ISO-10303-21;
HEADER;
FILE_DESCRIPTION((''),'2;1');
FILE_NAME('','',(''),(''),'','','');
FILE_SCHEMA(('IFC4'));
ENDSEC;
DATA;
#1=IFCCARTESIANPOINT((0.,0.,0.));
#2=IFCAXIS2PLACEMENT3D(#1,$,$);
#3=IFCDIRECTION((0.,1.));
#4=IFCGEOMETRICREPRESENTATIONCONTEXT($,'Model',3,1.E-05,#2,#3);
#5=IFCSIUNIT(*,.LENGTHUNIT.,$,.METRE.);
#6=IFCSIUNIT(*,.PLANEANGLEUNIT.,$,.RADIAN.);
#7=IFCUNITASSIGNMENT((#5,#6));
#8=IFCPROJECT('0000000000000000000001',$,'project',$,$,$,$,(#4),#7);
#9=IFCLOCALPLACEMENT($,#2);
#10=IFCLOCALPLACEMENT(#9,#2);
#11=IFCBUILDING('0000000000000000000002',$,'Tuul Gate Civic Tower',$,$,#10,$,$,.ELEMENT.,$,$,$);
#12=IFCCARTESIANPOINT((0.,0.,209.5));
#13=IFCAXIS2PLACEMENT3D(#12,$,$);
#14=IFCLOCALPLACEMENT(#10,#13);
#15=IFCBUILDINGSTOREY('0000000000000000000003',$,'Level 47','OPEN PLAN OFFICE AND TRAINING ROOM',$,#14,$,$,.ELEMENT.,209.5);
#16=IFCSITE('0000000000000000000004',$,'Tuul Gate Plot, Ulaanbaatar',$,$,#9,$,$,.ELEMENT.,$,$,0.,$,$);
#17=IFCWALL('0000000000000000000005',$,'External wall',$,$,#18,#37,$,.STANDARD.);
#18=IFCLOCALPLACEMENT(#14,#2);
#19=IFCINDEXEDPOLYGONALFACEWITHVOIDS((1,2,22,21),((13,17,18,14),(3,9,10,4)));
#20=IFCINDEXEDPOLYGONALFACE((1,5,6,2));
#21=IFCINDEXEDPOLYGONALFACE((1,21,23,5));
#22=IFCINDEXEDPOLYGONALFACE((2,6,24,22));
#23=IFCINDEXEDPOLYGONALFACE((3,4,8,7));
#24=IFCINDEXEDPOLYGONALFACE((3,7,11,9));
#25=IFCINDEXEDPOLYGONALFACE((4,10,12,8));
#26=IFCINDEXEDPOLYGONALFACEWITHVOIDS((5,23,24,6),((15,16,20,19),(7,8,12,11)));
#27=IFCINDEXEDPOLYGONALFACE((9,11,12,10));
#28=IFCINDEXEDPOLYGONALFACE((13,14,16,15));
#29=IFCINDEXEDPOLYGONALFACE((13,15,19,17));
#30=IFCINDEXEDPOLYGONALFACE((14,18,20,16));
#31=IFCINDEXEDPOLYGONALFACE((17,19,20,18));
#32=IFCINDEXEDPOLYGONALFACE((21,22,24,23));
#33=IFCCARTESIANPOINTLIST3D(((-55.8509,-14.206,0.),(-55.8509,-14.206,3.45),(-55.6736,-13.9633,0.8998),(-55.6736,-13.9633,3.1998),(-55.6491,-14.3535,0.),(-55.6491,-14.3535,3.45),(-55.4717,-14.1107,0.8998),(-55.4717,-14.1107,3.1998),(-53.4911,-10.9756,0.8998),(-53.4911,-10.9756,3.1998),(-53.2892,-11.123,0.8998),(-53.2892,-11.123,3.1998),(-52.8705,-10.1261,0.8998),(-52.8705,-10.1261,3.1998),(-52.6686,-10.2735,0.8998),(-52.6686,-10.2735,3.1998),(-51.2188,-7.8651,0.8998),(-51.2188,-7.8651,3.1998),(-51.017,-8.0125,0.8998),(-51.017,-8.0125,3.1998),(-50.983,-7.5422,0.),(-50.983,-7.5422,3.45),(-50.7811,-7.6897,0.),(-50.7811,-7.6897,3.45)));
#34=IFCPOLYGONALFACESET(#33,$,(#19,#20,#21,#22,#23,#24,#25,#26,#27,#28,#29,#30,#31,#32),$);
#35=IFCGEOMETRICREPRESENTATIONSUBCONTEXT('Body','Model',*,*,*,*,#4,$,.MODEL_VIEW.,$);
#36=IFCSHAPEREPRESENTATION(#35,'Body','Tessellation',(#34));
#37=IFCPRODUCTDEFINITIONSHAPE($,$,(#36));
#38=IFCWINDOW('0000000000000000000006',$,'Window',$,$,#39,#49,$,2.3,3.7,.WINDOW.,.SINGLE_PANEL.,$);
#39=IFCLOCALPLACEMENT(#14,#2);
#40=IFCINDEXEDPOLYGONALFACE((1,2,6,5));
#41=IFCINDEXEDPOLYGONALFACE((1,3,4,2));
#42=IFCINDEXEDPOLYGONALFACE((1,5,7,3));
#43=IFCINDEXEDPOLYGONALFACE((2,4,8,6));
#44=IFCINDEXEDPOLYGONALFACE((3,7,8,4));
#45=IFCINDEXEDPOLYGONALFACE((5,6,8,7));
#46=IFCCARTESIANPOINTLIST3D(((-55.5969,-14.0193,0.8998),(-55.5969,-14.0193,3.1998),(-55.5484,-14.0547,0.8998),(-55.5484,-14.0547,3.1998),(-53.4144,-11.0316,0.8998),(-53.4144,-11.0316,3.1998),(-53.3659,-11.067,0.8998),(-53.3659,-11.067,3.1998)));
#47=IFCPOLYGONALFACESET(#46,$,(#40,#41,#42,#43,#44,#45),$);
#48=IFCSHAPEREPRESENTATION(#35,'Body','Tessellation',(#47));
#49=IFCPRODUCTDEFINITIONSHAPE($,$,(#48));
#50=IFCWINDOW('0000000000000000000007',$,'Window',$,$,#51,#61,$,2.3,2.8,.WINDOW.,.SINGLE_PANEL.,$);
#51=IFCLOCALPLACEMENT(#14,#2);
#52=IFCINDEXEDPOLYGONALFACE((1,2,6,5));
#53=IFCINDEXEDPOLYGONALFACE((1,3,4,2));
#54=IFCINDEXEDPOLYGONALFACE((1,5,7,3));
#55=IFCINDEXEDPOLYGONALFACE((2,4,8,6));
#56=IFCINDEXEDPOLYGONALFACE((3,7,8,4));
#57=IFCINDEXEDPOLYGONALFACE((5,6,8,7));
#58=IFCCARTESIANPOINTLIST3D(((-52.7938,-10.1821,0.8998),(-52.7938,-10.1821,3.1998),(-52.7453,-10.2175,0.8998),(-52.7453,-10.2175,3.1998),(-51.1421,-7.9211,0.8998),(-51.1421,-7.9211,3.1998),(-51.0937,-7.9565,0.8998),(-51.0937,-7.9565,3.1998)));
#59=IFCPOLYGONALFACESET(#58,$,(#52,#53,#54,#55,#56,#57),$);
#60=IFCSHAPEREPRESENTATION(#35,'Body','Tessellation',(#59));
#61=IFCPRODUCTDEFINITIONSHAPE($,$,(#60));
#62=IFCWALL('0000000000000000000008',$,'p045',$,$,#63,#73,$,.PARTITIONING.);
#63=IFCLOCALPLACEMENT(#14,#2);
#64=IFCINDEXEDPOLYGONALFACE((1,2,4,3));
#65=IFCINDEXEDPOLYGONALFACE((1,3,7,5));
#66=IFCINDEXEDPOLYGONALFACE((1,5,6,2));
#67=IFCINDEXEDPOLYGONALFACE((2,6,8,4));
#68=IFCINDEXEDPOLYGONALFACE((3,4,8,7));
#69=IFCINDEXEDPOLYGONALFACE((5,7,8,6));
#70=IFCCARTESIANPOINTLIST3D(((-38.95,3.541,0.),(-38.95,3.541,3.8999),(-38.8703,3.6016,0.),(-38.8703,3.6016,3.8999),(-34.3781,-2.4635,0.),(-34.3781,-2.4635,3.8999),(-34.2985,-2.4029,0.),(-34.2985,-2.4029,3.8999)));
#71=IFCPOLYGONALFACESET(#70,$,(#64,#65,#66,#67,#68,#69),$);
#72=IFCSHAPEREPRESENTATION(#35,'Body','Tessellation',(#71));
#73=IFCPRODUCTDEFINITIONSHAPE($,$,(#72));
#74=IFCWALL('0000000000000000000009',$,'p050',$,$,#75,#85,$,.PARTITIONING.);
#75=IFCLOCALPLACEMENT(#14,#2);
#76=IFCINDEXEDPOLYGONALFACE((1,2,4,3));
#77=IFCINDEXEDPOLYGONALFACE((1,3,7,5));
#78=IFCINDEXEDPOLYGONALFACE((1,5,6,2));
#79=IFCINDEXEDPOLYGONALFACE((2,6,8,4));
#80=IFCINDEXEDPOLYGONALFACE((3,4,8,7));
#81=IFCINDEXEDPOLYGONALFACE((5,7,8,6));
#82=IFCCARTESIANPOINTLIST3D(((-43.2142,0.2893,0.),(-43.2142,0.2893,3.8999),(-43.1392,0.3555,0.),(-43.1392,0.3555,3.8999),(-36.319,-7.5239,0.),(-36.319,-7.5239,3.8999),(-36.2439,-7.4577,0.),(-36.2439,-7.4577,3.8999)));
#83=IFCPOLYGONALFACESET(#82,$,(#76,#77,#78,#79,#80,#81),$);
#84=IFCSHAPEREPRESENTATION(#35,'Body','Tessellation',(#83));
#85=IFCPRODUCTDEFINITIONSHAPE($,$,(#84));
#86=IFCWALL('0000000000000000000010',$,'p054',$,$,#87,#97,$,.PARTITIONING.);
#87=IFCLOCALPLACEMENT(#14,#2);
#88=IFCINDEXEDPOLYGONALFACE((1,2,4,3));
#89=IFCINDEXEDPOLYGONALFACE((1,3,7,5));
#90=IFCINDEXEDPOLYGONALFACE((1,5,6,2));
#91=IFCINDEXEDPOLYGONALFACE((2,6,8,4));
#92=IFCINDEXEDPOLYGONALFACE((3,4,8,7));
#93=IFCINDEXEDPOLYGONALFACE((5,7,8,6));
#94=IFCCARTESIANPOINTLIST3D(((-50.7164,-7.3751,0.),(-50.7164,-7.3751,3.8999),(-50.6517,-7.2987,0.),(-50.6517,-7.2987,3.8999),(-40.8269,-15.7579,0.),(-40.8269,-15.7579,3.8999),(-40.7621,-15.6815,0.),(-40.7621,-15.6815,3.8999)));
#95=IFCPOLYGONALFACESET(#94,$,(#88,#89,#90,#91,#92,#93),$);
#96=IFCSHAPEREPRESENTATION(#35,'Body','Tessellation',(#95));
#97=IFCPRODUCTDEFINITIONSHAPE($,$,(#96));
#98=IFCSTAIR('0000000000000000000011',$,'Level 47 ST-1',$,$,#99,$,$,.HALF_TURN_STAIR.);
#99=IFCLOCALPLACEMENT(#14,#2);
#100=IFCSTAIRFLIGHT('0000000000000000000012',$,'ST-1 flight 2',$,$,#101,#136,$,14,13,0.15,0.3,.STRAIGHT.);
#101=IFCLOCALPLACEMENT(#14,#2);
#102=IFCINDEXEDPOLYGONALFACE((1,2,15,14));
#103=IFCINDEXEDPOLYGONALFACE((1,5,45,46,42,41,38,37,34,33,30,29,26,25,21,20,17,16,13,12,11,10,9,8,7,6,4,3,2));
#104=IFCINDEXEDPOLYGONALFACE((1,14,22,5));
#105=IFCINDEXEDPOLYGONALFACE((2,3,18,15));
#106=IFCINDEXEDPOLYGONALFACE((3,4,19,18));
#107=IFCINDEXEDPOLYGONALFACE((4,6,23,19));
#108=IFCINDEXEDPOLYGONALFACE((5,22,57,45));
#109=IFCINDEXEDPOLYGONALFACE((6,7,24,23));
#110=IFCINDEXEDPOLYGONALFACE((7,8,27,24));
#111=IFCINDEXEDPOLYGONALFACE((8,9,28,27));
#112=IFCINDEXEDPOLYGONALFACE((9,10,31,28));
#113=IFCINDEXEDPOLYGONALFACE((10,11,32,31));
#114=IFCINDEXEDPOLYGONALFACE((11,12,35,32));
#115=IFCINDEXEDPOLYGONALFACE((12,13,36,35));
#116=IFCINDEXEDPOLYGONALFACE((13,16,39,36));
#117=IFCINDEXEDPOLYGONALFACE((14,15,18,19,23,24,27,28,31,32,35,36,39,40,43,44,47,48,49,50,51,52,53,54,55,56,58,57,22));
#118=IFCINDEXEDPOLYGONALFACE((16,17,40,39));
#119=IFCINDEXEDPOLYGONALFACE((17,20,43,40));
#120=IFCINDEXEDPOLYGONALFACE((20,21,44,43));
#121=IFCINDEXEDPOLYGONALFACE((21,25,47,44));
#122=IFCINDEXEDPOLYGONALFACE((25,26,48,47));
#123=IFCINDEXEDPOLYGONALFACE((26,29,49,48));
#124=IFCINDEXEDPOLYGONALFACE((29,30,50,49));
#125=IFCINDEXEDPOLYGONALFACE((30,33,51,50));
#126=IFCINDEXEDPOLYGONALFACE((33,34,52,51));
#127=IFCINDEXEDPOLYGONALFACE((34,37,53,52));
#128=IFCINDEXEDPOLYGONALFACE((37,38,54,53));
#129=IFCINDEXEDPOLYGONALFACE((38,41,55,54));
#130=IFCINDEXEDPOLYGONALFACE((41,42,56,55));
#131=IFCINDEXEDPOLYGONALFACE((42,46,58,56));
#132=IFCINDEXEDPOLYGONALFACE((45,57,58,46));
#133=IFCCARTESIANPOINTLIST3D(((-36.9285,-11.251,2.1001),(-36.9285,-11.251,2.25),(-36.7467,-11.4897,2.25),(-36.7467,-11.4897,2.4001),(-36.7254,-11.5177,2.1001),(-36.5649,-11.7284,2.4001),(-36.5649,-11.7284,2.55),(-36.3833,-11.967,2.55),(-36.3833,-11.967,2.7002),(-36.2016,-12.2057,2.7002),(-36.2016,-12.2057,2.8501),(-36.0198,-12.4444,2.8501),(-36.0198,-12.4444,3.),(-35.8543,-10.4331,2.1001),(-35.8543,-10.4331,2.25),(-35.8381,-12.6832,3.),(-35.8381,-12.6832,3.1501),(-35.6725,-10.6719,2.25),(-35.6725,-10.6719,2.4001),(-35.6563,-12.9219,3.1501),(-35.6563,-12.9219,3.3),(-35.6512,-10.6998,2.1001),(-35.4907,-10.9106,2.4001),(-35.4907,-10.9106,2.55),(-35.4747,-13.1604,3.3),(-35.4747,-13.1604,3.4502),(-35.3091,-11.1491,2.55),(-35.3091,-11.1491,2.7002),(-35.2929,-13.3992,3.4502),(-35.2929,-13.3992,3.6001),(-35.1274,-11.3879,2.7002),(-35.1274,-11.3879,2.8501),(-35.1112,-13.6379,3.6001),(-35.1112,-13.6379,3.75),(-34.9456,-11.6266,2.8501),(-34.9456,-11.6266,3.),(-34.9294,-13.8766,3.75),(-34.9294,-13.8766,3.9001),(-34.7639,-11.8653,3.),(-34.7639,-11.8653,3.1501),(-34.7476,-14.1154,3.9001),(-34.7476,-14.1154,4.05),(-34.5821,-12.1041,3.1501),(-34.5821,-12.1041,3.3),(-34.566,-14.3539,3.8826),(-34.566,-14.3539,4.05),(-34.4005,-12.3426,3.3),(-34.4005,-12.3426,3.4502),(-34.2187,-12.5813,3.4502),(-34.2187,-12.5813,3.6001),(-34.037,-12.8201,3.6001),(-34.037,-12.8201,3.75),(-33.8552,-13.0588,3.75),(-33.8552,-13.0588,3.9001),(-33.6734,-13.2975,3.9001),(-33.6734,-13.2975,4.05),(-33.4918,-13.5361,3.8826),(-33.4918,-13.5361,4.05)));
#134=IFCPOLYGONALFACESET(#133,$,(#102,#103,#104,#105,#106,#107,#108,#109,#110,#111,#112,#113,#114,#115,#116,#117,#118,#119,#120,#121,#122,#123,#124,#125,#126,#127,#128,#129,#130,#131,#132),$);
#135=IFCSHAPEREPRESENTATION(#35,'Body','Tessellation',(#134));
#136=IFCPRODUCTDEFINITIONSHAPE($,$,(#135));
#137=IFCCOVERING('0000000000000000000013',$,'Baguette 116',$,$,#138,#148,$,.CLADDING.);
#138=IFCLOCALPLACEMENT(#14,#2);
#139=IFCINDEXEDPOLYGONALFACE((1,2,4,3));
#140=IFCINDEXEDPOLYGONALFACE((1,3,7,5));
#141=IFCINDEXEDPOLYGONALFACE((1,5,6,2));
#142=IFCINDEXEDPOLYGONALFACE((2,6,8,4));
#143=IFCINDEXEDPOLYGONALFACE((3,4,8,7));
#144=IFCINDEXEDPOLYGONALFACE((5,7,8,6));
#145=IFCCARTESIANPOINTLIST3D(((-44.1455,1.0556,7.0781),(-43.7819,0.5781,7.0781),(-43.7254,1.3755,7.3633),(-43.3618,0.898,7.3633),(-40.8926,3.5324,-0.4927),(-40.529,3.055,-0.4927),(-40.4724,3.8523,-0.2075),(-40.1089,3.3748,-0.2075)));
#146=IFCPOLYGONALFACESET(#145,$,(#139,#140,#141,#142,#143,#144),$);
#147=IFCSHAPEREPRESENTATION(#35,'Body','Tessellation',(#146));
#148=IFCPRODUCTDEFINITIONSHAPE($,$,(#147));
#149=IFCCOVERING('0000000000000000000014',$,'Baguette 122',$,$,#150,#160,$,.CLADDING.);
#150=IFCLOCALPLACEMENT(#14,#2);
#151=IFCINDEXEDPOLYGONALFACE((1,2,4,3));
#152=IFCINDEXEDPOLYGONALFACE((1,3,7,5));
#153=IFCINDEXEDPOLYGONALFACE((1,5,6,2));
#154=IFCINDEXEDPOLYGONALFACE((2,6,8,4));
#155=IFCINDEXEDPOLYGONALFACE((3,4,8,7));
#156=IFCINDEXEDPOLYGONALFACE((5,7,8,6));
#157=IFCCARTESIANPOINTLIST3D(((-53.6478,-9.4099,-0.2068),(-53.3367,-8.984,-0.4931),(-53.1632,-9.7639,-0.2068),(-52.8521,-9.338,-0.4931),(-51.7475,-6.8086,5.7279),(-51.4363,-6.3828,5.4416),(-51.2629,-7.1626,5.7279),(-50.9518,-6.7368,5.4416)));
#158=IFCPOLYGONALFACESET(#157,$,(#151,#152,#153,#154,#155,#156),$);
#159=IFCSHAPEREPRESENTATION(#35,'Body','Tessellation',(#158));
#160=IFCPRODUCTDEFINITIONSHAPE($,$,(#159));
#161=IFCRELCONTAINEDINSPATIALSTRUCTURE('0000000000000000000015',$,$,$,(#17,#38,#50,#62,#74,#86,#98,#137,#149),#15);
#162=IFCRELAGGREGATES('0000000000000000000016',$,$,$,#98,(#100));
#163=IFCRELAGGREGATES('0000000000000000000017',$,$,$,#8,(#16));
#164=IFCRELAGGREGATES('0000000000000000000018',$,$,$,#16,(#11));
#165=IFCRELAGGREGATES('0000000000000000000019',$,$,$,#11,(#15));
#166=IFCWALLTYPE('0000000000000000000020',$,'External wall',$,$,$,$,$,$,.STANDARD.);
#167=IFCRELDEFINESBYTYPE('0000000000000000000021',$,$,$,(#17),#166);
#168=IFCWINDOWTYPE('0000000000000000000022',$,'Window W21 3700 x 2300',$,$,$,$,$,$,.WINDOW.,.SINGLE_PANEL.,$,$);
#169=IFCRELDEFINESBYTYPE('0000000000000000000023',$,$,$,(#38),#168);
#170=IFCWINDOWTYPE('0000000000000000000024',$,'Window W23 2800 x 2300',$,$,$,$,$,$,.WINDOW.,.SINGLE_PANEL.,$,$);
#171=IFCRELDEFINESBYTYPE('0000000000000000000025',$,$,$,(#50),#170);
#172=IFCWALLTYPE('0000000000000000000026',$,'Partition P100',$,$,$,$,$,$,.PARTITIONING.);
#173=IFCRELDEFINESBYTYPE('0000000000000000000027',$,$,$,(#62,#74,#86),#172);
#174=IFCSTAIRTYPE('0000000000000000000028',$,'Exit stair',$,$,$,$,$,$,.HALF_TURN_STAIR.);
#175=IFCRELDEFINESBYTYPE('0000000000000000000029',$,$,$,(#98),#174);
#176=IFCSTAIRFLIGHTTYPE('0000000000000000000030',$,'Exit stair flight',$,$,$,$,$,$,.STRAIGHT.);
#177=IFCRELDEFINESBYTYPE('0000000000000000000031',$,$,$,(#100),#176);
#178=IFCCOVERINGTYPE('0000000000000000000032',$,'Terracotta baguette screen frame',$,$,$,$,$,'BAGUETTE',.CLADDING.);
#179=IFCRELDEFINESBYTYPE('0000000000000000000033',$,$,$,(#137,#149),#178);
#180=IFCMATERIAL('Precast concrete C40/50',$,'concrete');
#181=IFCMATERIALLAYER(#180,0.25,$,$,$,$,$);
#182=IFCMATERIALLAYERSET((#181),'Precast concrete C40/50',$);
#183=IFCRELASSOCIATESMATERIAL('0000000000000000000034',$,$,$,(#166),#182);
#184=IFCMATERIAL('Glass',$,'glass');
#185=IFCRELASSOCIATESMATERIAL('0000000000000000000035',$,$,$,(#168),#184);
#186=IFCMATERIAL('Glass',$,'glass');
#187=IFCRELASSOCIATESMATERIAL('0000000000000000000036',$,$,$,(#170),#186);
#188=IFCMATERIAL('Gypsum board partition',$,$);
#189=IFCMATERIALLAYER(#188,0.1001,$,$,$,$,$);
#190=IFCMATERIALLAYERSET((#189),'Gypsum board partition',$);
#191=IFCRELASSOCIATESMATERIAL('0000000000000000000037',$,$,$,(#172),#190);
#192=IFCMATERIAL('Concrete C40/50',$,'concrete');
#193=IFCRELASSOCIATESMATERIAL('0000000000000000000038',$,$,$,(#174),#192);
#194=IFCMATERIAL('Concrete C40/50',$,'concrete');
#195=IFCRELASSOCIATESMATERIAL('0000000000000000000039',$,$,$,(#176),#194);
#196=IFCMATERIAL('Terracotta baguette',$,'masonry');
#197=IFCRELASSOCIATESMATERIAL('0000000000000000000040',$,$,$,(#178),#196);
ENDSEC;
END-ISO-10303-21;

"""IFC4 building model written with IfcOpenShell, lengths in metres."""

from ifc_helpers import new_model, si_unit, direction, frame, frame_2d, origin, origin_2d, place, context, subcontext, project, spatial, polyline, rectangle, outline, extrude, material, layer, layer_set, material_profile, profile_set, type_object, element, fill, aggregate, save


model = new_model("IFC4")

# Units and contexts
model_context = context("Model", 3, precision=1e-05, world=origin(), true_north=direction((0.0, 1.0)))
body_context = subcontext(model_context, "Body", "Model", "MODEL_VIEW")
ifc_project = project(units=[si_unit("LENGTHUNIT", "METRE"), si_unit("PLANEANGLEUNIT", "RADIAN")], contexts=[model_context])

# Site, building, storey
site_placement = place(None, origin())
site = spatial("IfcSite", under=ifc_project, at=site_placement, Name="Tuul Gate Plot, Ulaanbaatar", CompositionType="ELEMENT", RefElevation=0.0)
building_placement = place(site_placement, origin())
building = spatial("IfcBuilding", under=site, at=building_placement, Name="Tuul Gate Civic Tower", CompositionType="ELEMENT")
storey_placement = place(building_placement, frame((0.0, 0.0, 209.5)))
storey = spatial("IfcBuildingStorey", under=building, at=storey_placement, Name="Level 47", Description="OPEN PLAN OFFICE AND TRAINING ROOM", CompositionType="ELEMENT", Elevation=209.5)

# Wall, openings, windows
ifc_material_1 = material(Name="Precast concrete C40/50", Category="concrete")
ifc_layer_1 = layer(ifc_material_1, 0.25)
ifc_layer_set_1 = layer_set([ifc_layer_1], Name="Precast concrete C40/50")
wall_type_1 = type_object("IfcWallType", Name="External wall", PredefinedType="STANDARD", material=ifc_layer_set_1)
wall_1_placement = place(storey_placement, frame((-50.8821, -7.616, 0.0), z_axis=(0.0, 0.0, 1.0), x_axis=(-0.589875, -0.807495, 0.0)))
wall_1 = element("IfcWall", 1, at=wall_1_placement, inside=storey, type_object=wall_type_1, Name="External wall", PredefinedType="STANDARD", context=body_context, shape_type="SweptSolid", body=[
    extrude(rectangle(XDim=8.2524, YDim=0.25, at=frame_2d((4.1262, 0.0))), origin(), (0.0, 0.0, 1.0), 3.45),
])
opening_1_placement = place(wall_1_placement, frame((0.3999, 0.0, 0.8999)))
opening_1 = element("IfcOpeningElement", 2, at=opening_1_placement, cuts=wall_1, PredefinedType="OPENING", context=body_context, shape_type="SweptSolid", body=[
    extrude(rectangle(XDim=2.8, YDim=2.3, at=frame_2d((1.3999, 1.1499))), frame((0.0, 0.135, 0.0), z_axis=(0.0, -1.0, 0.0), x_axis=(1.0, 0.0, 0.0)), (0.0, 0.0, 1.0), 0.27),
])
opening_2_placement = place(wall_1_placement, frame((4.2517, 0.0, 0.8999)))
opening_2 = element("IfcOpeningElement", 3, at=opening_2_placement, cuts=wall_1, PredefinedType="OPENING", context=body_context, shape_type="SweptSolid", body=[
    extrude(rectangle(XDim=3.7, YDim=2.3, at=frame_2d((1.8501, 1.1499))), frame((0.0, 0.135, 0.0), z_axis=(0.0, -1.0, 0.0), x_axis=(1.0, 0.0, 0.0)), (0.0, 0.0, 1.0), 0.27),
])
ifc_material_2 = material(Name="Glass", Category="glass")
window_type_1 = type_object("IfcWindowType", Name="Window W21 3700 x 2300", PartitioningType="SINGLE_PANEL", PredefinedType="WINDOW", material=ifc_material_2)
window_1_placement = place(opening_2_placement, origin())
window_1 = element("IfcWindow", 4, at=window_1_placement, inside=storey, type_object=window_type_1, Name="Window", OverallHeight=2.3, OverallWidth=3.7, PartitioningType="SINGLE_PANEL", PredefinedType="WINDOW", context=body_context, shape_type="SweptSolid", body=[
    extrude(rectangle(XDim=3.7, YDim=2.3, at=frame_2d((1.8501, 1.1499))), frame((0.0, 0.03, 0.0), z_axis=(0.0, -1.0, 0.0), x_axis=(1.0, 0.0, 0.0)), (0.0, 0.0, 1.0), 0.0601),
])
fill(opening_2, window_1)
ifc_material_3 = material(Name="Glass", Category="glass")
window_type_2 = type_object("IfcWindowType", Name="Window W23 2800 x 2300", PartitioningType="SINGLE_PANEL", PredefinedType="WINDOW", material=ifc_material_3)
window_2_placement = place(opening_1_placement, origin())
window_2 = element("IfcWindow", 5, at=window_2_placement, inside=storey, type_object=window_type_2, Name="Window", OverallHeight=2.3, OverallWidth=2.8, PartitioningType="SINGLE_PANEL", PredefinedType="WINDOW", context=body_context, shape_type="SweptSolid", body=[
    extrude(rectangle(XDim=2.8, YDim=2.3, at=frame_2d((1.3999, 1.1499))), frame((0.0, 0.03, 0.0), z_axis=(0.0, -1.0, 0.0), x_axis=(1.0, 0.0, 0.0)), (0.0, 0.0, 1.0), 0.0601),
])
fill(opening_1, window_2)

# Walls
ifc_material_4 = material(Name="Gypsum board partition")
ifc_layer_2 = layer(ifc_material_4, 0.1001)
ifc_layer_set_2 = layer_set([ifc_layer_2], Name="Gypsum board partition")
wall_type_2 = type_object("IfcWallType", Name="Partition P100", PredefinedType="PARTITIONING", material=ifc_layer_set_2)
wall_2_placement = place(storey_placement, frame((-38.9102, 3.5713, 0.0), z_axis=(0.0, 0.0, 1.0), x_axis=(0.605792, -0.795623, 0.0)))
element("IfcWall", 6, at=wall_2_placement, inside=storey, type_object=wall_type_2, Name="p045", PredefinedType="PARTITIONING", context=body_context, shape_type="SweptSolid", body=[
    extrude(rectangle(XDim=7.5469, YDim=0.1001, at=frame_2d((3.7734, 0.0))), origin(), (0.0, 0.0, 1.0), 3.8999),
])
wall_3_placement = place(storey_placement, frame((-43.1768, 0.3225, 0.0), z_axis=(0.0, 0.0, 1.0), x_axis=(0.661688, -0.749779, 0.0)))
element("IfcWall", 7, at=wall_3_placement, inside=storey, type_object=wall_type_2, Name="p050", PredefinedType="PARTITIONING", context=body_context, shape_type="SweptSolid", body=[
    extrude(rectangle(XDim=10.4207, YDim=0.1001, at=frame_2d((5.2104, 0.0))), origin(), (0.0, 0.0, 1.0), 3.8999),
])
wall_4_placement = place(storey_placement, frame((-50.6841, -7.3369, 0.0), z_axis=(0.0, 0.0, 1.0), x_axis=(0.762829, -0.6466, 0.0)))
element("IfcWall", 8, at=wall_4_placement, inside=storey, type_object=wall_type_2, Name="p054", PredefinedType="PARTITIONING", context=body_context, shape_type="SweptSolid", body=[
    extrude(rectangle(XDim=12.9644, YDim=0.1001, at=frame_2d((6.4822, 0.0))), origin(), (0.0, 0.0, 1.0), 3.8999),
])

# Stair, stair flight
ifc_material_5 = material(Name="Concrete C40/50", Category="concrete")
stair_type = type_object("IfcStairType", Name="Exit stair", PredefinedType="HALF_TURN_STAIR", material=ifc_material_5)
stair_placement = place(storey_placement, origin())
stair = element("IfcStair", 9, at=stair_placement, inside=storey, type_object=stair_type, Name="Level 47 ST-1", PredefinedType="HALF_TURN_STAIR")
ifc_material_6 = material(Name="Concrete C40/50", Category="concrete")
stair_flight_type = type_object("IfcStairFlightType", Name="Exit stair flight", PredefinedType="STRAIGHT", material=ifc_material_6)
stair_flight_placement = place(storey_placement, frame((-36.3914, -10.842, 2.1001), z_axis=(0.0, 0.0, 1.0), x_axis=(0.605764, -0.795644, 0.0)))
stair_flight = element("IfcStairFlight", 10, at=stair_flight_placement, type_object=stair_flight_type, Name="ST-1 flight 2", NumberOfRisers=14, NumberOfTreads=13, PredefinedType="STRAIGHT", RiserHeight=0.15, TreadLength=0.3, context=body_context, shape_type="SweptSolid", body=[
    extrude(outline(polyline([(0.0, 0.0), (0.0, 0.1499), (0.3, 0.1499), (0.3, 0.3), (0.6001, 0.3), (0.6001, 0.45), (0.8999, 0.45), (0.8999, 0.6001), (1.2, 0.6001), (1.2, 0.75), (1.5, 0.75), (1.5, 0.8999), (1.8, 0.8999), (1.8, 1.05), (2.1001, 1.05), (2.1001, 1.2), (2.3999, 1.2), (2.3999, 1.3501), (2.7, 1.3501), (2.7, 1.5), (3.0, 1.5), (3.0, 1.6499), (3.3, 1.6499), (3.3, 1.8), (3.6001, 1.8), (3.6001, 1.95), (3.8999, 1.95), (3.8999, 2.1001), (3.8999, 1.7825), (0.3352, 0.0), (0.0, 0.0)])), frame((0.0, 0.675, 0.0), z_axis=(0.0, -1.0, 0.0), x_axis=(1.0, 0.0, 0.0)), (0.0, 0.0, 1.0), 1.3501),
])
aggregate(stair, [stair_flight])

# Coverings
ifc_material_7 = material(Name="Terracotta baguette", Category="masonry")
ifc_material_profile_1 = material_profile(ifc_material_7, rectangle(XDim=0.6001, YDim=0.6001, at=origin_2d()), Name="Terracotta baguette screen frame")
ifc_profile_set_1 = profile_set([ifc_material_profile_1], Name="Terracotta baguette")
covering_type = type_object("IfcCoveringType", Name="Terracotta baguette screen frame", ElementType="BAGUETTE", PredefinedType="CLADDING", material=ifc_profile_set_1)
covering_1_placement = place(storey_placement, frame((-43.7537, 0.9768, 7.2207), z_axis=(0.378061, 0.287858, -0.879891), x_axis=(-0.605793, 0.795622, 0.0)))
element("IfcCovering", 11, at=covering_1_placement, inside=storey, type_object=covering_type, Name="Baguette 116", PredefinedType="CLADDING", context=body_context, shape_type="SweptSolid", body=[
    extrude(rectangle(XDim=0.6001, YDim=0.6001, at=origin_2d()), origin(), (0.0, 0.0, 1.0), 8.6042),
])
covering_2_placement = place(storey_placement, frame((-51.3496, -6.7727, 5.5847), z_axis=(-0.281422, -0.38522, -0.878867), x_axis=(0.807476, -0.589901, 0.0)))
element("IfcCovering", 12, at=covering_2_placement, inside=storey, type_object=covering_type, Name="Baguette 122", PredefinedType="CLADDING", context=body_context, shape_type="SweptSolid", body=[
    extrude(rectangle(XDim=0.6001, YDim=0.6001, at=origin_2d()), origin(), (0.0, 0.0, 1.0), 6.7527),
])

save(model, "model.ifc")
